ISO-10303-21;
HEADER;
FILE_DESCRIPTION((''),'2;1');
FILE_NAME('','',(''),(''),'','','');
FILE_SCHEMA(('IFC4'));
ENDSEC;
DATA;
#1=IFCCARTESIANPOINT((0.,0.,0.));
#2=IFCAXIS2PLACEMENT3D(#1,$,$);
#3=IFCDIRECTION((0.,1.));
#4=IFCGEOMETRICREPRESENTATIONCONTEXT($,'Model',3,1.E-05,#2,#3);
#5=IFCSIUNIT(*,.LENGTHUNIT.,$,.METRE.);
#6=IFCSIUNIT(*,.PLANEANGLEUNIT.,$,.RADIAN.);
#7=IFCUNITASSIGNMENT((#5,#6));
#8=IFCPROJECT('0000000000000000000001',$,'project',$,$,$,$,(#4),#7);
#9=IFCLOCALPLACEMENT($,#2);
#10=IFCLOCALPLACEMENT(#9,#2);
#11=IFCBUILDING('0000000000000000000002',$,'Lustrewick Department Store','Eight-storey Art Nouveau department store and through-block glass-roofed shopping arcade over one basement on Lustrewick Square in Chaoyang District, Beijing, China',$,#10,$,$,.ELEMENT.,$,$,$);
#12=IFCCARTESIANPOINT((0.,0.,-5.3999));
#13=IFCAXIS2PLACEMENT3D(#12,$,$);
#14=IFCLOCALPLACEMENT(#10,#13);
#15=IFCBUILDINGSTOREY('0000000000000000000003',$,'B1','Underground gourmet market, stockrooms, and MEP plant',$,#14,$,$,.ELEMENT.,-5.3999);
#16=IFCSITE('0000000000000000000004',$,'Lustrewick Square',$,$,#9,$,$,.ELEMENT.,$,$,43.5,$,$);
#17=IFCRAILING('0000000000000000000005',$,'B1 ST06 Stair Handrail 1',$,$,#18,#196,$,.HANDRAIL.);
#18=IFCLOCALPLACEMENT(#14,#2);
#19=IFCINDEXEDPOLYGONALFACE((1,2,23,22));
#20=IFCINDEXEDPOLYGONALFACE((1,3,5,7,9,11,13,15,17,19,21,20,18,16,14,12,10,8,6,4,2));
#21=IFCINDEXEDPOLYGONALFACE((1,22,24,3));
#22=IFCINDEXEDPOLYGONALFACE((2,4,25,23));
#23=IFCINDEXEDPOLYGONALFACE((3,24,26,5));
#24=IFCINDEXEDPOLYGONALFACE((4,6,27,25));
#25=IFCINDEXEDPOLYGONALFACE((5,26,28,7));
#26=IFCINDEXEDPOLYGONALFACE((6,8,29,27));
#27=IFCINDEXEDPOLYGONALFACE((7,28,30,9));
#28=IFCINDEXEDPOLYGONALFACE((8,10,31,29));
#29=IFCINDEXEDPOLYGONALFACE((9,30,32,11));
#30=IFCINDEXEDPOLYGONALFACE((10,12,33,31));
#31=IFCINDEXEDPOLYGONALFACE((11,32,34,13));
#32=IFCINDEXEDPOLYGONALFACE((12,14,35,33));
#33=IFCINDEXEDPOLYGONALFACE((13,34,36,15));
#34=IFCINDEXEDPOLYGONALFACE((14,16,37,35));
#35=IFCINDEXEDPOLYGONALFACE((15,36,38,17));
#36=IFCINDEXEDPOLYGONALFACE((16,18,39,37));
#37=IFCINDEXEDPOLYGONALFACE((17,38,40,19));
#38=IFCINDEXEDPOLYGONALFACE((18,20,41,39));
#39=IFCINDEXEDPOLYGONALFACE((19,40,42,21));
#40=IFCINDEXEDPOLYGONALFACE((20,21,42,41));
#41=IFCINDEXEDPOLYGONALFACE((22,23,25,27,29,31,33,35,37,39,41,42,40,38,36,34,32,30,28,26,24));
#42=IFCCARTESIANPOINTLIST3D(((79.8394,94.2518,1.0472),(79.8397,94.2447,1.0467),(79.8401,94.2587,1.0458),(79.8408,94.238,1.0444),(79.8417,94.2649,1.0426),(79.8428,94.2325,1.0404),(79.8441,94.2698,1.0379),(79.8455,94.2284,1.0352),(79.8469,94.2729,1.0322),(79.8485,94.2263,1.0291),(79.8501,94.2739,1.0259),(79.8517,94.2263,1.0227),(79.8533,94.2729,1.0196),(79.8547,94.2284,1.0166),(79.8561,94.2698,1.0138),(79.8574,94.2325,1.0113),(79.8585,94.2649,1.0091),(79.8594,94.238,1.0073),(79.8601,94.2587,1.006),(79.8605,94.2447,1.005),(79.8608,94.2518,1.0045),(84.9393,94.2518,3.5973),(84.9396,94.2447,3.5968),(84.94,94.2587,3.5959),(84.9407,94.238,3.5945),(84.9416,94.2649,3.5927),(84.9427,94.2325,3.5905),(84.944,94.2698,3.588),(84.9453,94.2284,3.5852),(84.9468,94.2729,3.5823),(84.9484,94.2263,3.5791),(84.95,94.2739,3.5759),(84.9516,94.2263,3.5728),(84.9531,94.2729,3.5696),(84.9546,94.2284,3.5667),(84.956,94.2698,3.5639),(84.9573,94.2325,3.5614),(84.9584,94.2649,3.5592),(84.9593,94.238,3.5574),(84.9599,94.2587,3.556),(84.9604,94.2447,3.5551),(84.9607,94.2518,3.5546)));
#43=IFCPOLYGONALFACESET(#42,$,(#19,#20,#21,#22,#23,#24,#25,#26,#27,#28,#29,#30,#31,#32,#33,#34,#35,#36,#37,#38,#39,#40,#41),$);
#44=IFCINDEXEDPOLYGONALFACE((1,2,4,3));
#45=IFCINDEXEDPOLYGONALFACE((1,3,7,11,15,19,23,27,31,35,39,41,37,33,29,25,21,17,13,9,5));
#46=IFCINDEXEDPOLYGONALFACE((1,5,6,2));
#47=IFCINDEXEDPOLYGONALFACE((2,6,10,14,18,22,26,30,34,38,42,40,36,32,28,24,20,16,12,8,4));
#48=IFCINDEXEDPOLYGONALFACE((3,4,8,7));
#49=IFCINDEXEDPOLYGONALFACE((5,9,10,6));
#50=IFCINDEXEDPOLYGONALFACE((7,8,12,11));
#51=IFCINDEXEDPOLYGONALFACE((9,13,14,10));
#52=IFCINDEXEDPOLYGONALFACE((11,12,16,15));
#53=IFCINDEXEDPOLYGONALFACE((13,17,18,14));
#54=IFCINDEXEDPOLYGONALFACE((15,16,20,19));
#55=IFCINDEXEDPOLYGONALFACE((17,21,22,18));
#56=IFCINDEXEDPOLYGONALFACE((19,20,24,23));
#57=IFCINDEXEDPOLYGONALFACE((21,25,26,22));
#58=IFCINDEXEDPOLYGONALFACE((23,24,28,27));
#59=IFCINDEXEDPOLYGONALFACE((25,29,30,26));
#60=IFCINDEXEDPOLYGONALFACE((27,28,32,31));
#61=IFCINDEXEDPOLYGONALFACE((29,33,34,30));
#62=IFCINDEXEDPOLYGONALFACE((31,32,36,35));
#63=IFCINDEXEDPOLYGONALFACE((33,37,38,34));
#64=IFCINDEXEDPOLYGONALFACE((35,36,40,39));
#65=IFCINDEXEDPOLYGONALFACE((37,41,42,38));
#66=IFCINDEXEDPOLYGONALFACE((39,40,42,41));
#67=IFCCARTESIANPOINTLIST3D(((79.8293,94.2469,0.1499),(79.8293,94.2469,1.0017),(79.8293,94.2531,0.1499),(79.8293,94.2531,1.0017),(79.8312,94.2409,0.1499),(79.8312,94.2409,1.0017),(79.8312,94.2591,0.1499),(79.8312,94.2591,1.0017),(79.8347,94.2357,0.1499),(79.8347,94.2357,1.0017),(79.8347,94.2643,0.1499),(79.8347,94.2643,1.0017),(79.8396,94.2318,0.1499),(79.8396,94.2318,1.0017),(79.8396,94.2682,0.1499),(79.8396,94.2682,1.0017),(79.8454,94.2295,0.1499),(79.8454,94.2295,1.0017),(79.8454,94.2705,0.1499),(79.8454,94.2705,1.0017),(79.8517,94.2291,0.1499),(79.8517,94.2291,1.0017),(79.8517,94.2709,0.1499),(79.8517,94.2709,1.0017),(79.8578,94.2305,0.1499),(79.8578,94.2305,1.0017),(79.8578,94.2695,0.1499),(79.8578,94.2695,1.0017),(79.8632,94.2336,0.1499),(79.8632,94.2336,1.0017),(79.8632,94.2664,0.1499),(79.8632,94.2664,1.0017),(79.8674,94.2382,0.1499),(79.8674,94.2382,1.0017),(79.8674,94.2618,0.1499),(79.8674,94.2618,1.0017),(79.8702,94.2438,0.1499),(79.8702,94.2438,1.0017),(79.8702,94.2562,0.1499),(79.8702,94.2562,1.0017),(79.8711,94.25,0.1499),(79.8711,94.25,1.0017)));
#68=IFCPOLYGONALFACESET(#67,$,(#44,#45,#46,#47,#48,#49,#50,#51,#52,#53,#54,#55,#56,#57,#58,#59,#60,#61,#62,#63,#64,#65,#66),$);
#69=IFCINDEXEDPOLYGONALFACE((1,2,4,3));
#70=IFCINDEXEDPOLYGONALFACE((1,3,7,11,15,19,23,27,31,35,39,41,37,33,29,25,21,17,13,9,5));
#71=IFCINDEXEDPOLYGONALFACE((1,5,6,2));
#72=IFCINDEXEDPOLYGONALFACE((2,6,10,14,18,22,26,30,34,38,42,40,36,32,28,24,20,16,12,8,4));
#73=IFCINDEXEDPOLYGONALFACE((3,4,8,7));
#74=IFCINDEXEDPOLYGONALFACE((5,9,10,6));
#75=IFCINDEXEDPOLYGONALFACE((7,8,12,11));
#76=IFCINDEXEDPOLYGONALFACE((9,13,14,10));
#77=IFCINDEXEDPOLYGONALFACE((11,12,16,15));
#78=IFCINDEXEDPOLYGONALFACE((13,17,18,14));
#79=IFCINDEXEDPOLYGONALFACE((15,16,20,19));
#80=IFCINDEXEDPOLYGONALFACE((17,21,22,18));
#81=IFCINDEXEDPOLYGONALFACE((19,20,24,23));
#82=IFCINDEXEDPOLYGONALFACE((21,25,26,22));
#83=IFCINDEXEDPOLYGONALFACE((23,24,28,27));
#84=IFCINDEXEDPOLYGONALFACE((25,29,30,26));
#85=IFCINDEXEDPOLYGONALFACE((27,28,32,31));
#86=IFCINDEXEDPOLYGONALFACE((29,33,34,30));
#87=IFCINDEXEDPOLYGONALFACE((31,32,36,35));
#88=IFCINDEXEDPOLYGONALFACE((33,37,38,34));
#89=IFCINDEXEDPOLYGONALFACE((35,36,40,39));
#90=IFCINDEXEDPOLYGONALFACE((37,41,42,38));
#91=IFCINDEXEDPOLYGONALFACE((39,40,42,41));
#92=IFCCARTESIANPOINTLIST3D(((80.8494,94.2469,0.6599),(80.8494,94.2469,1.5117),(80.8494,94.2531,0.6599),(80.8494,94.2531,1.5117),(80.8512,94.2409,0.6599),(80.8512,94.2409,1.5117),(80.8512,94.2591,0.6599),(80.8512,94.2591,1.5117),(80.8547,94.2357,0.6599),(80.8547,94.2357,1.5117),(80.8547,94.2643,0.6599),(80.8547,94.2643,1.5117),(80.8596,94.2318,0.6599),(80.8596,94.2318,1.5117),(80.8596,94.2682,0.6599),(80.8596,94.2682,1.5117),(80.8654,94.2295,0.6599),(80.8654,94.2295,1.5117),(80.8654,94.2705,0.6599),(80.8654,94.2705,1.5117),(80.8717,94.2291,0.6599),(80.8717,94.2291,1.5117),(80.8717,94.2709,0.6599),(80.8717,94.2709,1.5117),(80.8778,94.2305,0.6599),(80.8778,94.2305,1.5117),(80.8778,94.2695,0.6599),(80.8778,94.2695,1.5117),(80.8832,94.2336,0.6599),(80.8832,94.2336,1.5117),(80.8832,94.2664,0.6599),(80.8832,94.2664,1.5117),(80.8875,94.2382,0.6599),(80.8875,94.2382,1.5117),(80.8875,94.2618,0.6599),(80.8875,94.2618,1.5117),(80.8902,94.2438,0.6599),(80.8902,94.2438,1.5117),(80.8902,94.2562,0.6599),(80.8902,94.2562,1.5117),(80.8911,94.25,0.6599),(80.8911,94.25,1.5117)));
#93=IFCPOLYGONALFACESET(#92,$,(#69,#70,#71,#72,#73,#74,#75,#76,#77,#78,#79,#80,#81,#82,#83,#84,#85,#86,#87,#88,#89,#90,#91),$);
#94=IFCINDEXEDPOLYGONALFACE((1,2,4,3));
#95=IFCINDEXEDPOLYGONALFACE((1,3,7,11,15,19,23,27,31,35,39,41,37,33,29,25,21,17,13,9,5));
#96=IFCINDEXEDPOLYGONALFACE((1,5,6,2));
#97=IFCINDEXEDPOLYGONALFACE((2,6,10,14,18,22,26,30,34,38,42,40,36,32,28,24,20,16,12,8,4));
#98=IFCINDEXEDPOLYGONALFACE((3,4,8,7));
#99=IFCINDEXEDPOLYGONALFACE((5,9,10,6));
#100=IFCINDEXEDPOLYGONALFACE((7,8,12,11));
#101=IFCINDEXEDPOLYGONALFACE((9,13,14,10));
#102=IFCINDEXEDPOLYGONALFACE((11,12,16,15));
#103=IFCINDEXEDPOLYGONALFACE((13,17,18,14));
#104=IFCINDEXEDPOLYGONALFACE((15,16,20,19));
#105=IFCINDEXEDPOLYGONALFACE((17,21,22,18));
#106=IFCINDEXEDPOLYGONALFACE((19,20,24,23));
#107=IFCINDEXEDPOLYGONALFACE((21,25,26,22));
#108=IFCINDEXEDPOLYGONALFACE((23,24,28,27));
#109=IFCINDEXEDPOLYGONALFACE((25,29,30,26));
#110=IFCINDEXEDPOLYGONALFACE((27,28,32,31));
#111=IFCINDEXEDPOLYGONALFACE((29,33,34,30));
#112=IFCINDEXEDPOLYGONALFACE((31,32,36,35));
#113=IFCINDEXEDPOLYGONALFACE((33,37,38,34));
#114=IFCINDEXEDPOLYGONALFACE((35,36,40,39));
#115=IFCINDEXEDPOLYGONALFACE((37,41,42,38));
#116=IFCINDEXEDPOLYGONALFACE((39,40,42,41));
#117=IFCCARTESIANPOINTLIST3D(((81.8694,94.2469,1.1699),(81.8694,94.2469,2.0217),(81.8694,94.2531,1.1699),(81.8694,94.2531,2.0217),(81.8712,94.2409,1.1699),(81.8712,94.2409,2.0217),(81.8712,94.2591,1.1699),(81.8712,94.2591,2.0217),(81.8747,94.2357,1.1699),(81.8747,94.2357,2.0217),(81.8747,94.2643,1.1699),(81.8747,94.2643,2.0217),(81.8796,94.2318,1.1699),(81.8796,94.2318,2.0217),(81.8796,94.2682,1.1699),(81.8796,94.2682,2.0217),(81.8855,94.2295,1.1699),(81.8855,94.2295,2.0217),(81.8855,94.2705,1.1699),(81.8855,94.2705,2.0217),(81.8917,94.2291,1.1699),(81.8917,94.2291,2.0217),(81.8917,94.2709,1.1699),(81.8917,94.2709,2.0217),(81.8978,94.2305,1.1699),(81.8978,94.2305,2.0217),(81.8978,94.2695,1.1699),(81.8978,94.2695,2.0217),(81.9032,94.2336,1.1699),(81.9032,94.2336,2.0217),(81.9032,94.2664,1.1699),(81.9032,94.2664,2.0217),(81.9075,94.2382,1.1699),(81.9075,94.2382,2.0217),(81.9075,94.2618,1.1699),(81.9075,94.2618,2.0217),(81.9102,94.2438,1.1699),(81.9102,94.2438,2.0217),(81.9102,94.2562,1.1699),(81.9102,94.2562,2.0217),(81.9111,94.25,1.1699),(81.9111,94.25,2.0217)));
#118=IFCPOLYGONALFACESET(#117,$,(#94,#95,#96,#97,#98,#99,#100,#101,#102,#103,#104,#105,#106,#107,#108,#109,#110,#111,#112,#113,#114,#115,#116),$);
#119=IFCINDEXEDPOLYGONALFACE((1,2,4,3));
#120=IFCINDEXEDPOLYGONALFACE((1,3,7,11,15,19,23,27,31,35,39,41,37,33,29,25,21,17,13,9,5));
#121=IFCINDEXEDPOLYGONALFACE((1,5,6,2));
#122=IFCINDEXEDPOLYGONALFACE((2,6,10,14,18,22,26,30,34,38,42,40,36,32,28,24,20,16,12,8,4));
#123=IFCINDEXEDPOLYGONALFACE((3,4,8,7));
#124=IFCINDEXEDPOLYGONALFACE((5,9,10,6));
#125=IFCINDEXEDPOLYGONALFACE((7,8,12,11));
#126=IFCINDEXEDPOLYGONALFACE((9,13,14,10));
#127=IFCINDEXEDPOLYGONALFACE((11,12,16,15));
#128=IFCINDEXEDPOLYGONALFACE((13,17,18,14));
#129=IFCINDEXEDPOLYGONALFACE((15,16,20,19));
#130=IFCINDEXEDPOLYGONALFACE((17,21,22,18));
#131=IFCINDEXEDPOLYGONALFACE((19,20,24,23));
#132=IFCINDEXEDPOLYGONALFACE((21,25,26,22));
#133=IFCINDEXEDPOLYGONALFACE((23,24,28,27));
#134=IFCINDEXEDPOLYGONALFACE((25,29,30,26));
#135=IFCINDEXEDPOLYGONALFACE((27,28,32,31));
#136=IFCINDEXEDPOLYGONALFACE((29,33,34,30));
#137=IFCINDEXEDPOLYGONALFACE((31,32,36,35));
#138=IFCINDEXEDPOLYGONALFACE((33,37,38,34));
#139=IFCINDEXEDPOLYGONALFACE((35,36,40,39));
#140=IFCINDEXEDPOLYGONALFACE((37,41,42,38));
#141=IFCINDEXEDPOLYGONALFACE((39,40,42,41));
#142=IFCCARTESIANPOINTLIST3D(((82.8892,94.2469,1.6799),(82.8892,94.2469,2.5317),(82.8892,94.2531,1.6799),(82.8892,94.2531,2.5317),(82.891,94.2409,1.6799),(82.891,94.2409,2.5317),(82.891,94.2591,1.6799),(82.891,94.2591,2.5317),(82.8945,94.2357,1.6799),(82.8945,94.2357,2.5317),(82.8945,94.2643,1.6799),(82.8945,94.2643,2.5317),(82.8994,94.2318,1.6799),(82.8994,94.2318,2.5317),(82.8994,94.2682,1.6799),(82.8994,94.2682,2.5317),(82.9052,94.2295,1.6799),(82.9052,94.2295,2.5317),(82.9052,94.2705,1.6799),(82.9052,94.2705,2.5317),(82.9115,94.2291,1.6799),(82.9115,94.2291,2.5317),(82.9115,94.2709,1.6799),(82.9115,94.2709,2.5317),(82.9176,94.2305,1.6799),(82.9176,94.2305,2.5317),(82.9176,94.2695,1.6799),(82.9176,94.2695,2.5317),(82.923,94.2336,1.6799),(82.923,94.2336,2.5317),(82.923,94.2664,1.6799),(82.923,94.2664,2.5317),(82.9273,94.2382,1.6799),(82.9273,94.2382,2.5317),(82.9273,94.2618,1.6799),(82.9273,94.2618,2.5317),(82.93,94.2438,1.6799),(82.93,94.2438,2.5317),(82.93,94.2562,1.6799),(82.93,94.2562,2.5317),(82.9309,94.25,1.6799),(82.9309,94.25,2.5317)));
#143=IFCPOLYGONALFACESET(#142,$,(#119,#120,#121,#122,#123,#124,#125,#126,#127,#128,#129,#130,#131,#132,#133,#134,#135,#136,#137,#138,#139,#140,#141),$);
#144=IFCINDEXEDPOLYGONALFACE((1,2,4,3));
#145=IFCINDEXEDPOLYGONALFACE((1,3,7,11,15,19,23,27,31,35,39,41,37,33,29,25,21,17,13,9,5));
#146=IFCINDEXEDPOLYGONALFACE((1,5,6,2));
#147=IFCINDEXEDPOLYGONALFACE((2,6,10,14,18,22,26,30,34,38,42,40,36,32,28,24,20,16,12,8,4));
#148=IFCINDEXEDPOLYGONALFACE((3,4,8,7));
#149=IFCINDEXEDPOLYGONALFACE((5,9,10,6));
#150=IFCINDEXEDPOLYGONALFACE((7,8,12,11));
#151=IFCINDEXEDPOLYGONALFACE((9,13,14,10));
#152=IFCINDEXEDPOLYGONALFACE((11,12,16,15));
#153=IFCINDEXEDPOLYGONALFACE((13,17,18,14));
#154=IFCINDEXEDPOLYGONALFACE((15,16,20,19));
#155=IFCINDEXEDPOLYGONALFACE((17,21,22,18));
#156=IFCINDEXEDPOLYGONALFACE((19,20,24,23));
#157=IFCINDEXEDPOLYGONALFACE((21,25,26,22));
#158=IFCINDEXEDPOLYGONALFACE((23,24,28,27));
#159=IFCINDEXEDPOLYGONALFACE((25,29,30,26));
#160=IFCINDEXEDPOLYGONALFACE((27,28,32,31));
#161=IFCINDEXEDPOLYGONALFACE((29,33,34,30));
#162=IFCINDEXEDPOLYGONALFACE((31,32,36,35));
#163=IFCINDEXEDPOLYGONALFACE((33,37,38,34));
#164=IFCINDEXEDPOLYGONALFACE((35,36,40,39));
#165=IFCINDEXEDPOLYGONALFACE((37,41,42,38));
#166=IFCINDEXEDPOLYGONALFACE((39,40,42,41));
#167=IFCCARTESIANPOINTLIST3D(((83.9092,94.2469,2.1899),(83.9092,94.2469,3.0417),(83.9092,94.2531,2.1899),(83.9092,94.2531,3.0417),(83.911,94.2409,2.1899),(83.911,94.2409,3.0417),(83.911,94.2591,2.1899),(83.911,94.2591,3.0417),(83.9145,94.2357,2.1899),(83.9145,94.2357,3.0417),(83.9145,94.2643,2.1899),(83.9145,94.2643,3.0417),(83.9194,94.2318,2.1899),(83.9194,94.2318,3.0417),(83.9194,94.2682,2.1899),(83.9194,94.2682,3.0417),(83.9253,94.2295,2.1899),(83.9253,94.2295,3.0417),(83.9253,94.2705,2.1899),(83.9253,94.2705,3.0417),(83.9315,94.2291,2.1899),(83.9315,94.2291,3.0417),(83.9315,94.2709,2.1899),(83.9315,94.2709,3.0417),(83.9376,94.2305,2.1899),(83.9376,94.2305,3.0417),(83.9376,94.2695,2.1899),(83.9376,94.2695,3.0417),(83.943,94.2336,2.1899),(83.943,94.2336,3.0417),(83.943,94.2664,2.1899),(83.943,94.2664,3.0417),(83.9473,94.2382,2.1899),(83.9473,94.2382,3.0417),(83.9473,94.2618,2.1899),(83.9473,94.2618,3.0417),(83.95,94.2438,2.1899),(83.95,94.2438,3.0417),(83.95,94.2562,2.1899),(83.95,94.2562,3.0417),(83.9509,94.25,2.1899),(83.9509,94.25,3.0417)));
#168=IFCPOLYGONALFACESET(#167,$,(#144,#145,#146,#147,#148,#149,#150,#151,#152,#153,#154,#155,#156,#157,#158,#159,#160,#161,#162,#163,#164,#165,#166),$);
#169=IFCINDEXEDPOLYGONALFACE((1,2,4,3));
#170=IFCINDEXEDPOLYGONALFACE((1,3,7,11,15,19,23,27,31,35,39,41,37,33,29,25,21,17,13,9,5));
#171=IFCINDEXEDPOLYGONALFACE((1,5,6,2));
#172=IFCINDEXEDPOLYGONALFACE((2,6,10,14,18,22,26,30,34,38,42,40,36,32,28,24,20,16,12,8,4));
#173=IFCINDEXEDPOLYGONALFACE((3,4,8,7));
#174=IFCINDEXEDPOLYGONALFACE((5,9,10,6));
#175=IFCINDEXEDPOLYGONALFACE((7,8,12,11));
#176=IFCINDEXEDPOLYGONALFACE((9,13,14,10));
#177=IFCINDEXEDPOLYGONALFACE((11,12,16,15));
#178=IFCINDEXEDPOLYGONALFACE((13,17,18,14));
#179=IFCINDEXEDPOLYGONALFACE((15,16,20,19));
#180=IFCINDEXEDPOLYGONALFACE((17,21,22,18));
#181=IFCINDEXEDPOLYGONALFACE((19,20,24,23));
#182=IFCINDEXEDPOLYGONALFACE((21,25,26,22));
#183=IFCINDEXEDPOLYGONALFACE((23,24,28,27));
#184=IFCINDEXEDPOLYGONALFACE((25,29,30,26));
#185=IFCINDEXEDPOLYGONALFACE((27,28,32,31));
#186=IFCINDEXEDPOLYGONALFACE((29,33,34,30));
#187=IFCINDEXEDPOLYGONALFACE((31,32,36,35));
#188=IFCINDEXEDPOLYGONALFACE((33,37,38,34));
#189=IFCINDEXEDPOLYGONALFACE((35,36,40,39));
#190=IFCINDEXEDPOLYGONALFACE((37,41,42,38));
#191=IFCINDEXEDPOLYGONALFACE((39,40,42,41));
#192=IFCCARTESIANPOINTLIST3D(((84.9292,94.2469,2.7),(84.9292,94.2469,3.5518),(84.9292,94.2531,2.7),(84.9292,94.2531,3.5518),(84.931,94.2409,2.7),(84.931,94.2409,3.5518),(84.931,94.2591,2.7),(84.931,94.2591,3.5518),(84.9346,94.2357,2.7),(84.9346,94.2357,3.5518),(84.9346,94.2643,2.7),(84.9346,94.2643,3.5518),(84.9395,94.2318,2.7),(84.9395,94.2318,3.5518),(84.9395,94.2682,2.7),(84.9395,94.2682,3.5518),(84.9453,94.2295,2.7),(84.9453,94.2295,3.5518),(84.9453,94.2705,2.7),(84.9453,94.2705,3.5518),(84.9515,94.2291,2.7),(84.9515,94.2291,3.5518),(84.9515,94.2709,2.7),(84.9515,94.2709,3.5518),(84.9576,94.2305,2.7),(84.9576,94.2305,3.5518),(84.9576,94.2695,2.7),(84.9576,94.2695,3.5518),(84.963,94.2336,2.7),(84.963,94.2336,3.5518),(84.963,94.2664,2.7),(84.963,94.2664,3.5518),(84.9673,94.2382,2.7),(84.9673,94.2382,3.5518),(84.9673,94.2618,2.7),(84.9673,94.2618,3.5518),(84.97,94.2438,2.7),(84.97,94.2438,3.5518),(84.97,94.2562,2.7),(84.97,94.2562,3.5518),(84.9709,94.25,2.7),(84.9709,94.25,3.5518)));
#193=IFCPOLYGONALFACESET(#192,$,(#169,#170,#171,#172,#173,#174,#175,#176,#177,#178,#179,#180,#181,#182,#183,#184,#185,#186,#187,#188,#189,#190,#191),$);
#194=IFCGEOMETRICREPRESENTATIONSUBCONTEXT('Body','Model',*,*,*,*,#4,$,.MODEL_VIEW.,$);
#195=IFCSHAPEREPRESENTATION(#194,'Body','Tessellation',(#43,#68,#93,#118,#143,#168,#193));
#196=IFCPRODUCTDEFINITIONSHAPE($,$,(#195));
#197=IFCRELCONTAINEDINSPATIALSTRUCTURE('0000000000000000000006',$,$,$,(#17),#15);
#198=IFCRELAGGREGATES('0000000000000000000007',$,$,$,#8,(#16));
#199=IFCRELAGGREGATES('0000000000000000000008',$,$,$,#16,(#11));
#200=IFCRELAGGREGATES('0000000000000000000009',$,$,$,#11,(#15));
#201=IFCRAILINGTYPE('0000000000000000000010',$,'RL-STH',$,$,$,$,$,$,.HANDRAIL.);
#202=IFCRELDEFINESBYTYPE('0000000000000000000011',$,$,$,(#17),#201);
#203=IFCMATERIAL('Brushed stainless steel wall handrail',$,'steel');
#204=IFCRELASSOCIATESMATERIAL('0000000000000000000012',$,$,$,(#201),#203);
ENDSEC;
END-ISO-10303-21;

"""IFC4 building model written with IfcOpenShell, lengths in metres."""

from ifc_helpers import new_model, si_unit, direction, frame, origin, origin_2d, place, context, subcontext, project, spatial, circle, extrude, material, type_object, element, save


model = new_model("IFC4")

# Units and contexts
model_context = context("Model", 3, precision=1e-05, world=origin(), true_north=direction((0.0, 1.0)))
body_context = subcontext(model_context, "Body", "Model", "MODEL_VIEW")
ifc_project = project(units=[si_unit("LENGTHUNIT", "METRE"), si_unit("PLANEANGLEUNIT", "RADIAN")], contexts=[model_context])

# Site, building, storey
site_placement = place(None, origin())
site = spatial("IfcSite", under=ifc_project, at=site_placement, Name="Lustrewick Square", CompositionType="ELEMENT", RefElevation=43.5)
building_placement = place(site_placement, origin())
building = spatial("IfcBuilding", under=site, at=building_placement, Name="Lustrewick Department Store", Description="Eight-storey Art Nouveau department store and through-block glass-roofed shopping arcade over one basement on Lustrewick Square in Chaoyang District, Beijing, China", CompositionType="ELEMENT")
storey_placement = place(building_placement, frame((0.0, 0.0, -5.3999)))
storey = spatial("IfcBuildingStorey", under=building, at=storey_placement, Name="B1", Description="Underground gourmet market, stockrooms, and MEP plant", CompositionType="ELEMENT", Elevation=-5.3999)

# Railing
ifc_material_1 = material(Name="Brushed stainless steel wall handrail", Category="steel")
railing_type_1 = type_object("IfcRailingType", Name="RL-STH", PredefinedType="HANDRAIL", material=ifc_material_1)
railing_1_placement = place(storey_placement, frame((79.8501, 94.25, 0.1499)))
element("IfcRailing", 1, at=railing_1_placement, inside=storey, type_object=railing_type_1, Name="B1 ST06 Stair Handrail 1", PredefinedType="HANDRAIL", context=body_context, shape_type="SweptSolid", body=[
    extrude(circle(Radius=0.0239, at=origin_2d()), frame((0.0, 0.0, 0.876), z_axis=(0.894419, 0.0, 0.447231), x_axis=(0.0, 1.0, 0.0)), (0.0, 0.0, 1.0), 5.7019),
    extrude(circle(Radius=0.021, at=origin_2d()), origin(), (0.0, 0.0, 1.0), 0.8518),
    extrude(circle(Radius=0.021, at=origin_2d()), frame((1.02, 0.0, 0.51)), (0.0, 0.0, 1.0), 0.8518),
    extrude(circle(Radius=0.021, at=origin_2d()), frame((2.04, 0.0, 1.02)), (0.0, 0.0, 1.0), 0.8518),
    extrude(circle(Radius=0.021, at=origin_2d()), frame((3.0598, 0.0, 1.53)), (0.0, 0.0, 1.0), 0.8518),
    extrude(circle(Radius=0.021, at=origin_2d()), frame((4.0798, 0.0, 2.04)), (0.0, 0.0, 1.0), 0.8518),
    extrude(circle(Radius=0.021, at=origin_2d()), frame((5.0999, 0.0, 2.55)), (0.0, 0.0, 1.0), 0.8518),
])

save(model, "model.ifc")
